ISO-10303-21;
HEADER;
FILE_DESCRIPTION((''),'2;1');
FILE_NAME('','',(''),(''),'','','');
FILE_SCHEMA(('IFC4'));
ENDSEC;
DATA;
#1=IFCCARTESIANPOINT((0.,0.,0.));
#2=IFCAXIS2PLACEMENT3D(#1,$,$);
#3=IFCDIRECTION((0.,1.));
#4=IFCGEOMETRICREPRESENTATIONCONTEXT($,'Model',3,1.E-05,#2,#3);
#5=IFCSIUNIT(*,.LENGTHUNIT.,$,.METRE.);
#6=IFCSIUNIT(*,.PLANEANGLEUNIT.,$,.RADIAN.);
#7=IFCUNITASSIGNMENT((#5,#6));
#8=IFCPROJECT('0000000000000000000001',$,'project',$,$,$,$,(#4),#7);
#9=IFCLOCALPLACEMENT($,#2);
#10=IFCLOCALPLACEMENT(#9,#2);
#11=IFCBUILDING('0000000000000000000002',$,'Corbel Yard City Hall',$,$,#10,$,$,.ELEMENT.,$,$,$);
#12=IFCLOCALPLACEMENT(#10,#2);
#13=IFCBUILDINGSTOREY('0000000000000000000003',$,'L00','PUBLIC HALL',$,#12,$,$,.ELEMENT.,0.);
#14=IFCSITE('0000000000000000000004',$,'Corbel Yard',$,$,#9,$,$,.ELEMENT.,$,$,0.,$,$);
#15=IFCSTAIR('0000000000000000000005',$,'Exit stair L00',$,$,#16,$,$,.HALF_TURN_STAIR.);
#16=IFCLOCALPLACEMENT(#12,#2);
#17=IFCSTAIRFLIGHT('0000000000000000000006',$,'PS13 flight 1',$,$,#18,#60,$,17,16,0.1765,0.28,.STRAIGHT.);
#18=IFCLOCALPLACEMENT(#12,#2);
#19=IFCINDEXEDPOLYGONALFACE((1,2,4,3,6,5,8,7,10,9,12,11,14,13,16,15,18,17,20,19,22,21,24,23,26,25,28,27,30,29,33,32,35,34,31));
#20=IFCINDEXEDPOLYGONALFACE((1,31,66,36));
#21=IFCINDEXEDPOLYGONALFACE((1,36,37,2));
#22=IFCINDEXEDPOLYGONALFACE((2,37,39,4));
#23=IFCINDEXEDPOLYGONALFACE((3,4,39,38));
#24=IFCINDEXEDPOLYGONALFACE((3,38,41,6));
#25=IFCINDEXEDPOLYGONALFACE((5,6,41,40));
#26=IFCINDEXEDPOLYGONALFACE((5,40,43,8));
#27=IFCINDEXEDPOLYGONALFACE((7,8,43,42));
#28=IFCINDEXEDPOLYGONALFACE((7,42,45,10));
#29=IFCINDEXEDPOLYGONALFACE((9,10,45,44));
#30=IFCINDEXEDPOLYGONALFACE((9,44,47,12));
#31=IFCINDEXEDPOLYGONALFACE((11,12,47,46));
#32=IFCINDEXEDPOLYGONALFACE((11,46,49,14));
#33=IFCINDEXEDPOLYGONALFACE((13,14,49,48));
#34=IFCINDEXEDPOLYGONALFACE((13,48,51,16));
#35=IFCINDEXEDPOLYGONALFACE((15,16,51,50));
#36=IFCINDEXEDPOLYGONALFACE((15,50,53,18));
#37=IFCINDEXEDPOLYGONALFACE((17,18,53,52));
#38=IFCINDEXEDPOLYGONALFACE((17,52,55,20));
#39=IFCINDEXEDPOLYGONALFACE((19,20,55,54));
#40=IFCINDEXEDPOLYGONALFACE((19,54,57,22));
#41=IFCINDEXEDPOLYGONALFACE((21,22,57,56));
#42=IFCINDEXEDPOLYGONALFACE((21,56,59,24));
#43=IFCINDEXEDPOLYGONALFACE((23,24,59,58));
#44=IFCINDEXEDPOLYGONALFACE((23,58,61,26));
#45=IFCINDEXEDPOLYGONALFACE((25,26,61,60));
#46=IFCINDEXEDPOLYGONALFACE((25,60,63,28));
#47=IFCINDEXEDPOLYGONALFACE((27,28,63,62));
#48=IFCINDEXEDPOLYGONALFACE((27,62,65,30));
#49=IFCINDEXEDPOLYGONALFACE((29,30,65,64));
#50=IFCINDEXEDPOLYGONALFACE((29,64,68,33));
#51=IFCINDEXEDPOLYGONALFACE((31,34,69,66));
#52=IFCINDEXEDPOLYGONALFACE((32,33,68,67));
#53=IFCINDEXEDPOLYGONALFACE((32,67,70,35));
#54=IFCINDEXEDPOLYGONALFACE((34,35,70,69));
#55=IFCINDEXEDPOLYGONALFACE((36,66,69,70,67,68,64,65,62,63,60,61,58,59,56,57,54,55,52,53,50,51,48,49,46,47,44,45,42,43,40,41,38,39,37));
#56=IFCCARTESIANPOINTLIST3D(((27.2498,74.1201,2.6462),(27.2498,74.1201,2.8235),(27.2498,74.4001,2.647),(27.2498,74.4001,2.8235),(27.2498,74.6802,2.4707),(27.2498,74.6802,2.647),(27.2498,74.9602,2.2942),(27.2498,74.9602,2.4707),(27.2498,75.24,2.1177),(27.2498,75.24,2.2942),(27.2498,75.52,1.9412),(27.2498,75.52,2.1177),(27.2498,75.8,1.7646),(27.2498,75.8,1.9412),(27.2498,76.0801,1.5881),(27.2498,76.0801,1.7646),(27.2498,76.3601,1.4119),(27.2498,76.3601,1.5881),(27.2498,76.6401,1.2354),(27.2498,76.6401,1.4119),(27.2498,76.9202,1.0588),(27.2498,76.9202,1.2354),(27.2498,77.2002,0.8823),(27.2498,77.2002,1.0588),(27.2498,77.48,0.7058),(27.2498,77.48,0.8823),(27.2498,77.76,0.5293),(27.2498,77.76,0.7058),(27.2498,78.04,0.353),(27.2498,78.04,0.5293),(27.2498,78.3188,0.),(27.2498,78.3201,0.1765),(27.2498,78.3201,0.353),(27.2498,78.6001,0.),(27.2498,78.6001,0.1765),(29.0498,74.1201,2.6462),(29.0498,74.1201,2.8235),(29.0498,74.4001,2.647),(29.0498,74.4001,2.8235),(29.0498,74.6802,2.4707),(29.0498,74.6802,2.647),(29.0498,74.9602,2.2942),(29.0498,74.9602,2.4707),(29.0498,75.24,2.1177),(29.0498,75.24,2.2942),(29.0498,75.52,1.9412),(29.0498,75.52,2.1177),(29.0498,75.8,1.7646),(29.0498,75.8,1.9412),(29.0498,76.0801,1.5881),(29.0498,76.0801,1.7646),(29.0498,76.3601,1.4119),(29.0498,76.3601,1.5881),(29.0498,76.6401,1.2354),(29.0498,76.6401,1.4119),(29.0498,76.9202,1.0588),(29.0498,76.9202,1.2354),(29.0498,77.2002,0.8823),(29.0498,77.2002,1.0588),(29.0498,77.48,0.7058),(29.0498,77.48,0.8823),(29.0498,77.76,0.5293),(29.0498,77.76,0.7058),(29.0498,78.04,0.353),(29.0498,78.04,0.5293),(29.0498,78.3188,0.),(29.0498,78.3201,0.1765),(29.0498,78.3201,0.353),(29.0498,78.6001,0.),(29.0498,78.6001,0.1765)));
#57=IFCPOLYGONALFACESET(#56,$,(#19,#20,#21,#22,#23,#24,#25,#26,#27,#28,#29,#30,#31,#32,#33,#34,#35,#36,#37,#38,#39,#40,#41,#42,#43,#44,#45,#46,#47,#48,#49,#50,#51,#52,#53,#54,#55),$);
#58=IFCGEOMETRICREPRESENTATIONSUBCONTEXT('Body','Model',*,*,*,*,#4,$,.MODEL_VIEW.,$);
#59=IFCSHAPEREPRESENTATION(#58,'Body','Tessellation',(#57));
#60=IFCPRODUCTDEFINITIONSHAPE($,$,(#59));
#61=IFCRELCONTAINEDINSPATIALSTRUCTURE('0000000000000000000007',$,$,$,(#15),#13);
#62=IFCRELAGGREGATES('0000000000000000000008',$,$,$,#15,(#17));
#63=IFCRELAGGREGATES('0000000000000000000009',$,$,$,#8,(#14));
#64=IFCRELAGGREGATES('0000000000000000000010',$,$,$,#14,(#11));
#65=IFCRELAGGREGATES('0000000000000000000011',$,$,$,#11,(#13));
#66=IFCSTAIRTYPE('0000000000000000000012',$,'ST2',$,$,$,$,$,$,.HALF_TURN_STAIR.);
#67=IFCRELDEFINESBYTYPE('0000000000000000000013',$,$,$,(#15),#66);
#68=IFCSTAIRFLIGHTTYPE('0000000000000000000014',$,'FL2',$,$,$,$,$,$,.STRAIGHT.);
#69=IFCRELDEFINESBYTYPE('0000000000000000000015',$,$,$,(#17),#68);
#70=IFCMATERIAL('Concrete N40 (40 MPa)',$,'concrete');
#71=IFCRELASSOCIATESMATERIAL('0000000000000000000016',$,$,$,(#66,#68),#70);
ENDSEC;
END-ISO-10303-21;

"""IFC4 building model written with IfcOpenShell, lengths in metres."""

from ifc_helpers import new_model, si_unit, direction, frame, origin, place, context, subcontext, project, spatial, polyline, outline, extrude, material, type_object, element, aggregate, save


model = new_model("IFC4")

# Units and contexts
model_context = context("Model", 3, precision=1e-05, world=origin(), true_north=direction((0.0, 1.0)))
body_context = subcontext(model_context, "Body", "Model", "MODEL_VIEW")
ifc_project = project(units=[si_unit("LENGTHUNIT", "METRE"), si_unit("PLANEANGLEUNIT", "RADIAN")], contexts=[model_context])

# Site, building, storey
site_placement = place(None, origin())
site = spatial("IfcSite", under=ifc_project, at=site_placement, Name="Corbel Yard", CompositionType="ELEMENT", RefElevation=0.0)
building_placement = place(site_placement, origin())
building = spatial("IfcBuilding", under=site, at=building_placement, Name="Corbel Yard City Hall", CompositionType="ELEMENT")
storey_placement = place(building_placement, origin())
storey = spatial("IfcBuildingStorey", under=building, at=storey_placement, Name="L00", Description="PUBLIC HALL", CompositionType="ELEMENT", Elevation=0.0)

# Shared definitions
ifc_material_1 = material(Name="Concrete N40 (40 MPa)", Category="concrete")

# Stair, stair flight
stair_type = type_object("IfcStairType", Name="ST2", PredefinedType="HALF_TURN_STAIR", material=ifc_material_1)
stair_placement = place(storey_placement, origin())
stair = element("IfcStair", 1, at=stair_placement, inside=storey, type_object=stair_type, Name="Exit stair L00", PredefinedType="HALF_TURN_STAIR")
stair_flight_type = type_object("IfcStairFlightType", Name="FL2", PredefinedType="STRAIGHT", material=ifc_material_1)
stair_flight_placement = place(storey_placement, frame((28.1499, 78.6001, 0.0), z_axis=(0.0, 0.0, 1.0), x_axis=(0.0, -1.0, 0.0)))
stair_flight = element("IfcStairFlight", 2, at=stair_flight_placement, type_object=stair_flight_type, Name="PS13 flight 1", NumberOfRisers=17, NumberOfTreads=16, PredefinedType="STRAIGHT", RiserHeight=0.1765, TreadLength=0.28, context=body_context, shape_type="SweptSolid", body=[
    extrude(outline(polyline([(0.0, 0.0), (0.0, 0.1765), (0.28, 0.1765), (0.28, 0.353), (0.5601, 0.353), (0.5601, 0.5293), (0.8401, 0.5293), (0.8401, 0.7058), (1.1201, 0.7058), (1.1201, 0.8823), (1.3999, 0.8823), (1.3999, 1.0588), (1.6799, 1.0588), (1.6799, 1.2354), (1.96, 1.2354), (1.96, 1.4119), (2.24, 1.4119), (2.24, 1.5881), (2.52, 1.5881), (2.52, 1.7646), (2.8, 1.7646), (2.8, 1.9412), (3.0801, 1.9412), (3.0801, 2.1177), (3.3601, 2.1177), (3.3601, 2.2942), (3.6399, 2.2942), (3.6399, 2.4707), (3.9199, 2.4707), (3.9199, 2.647), (4.2, 2.647), (4.2, 2.8235), (4.48, 2.8235), (4.48, 3.0), (4.48, 2.6462), (0.2812, 0.0), (0.0, 0.0)])), frame((0.0, 0.8999, 0.0), z_axis=(0.0, -1.0, 0.0), x_axis=(1.0, 0.0, 0.0)), (0.0, 0.0, 1.0), 1.8),
])
aggregate(stair, [stair_flight])

save(model, "model.ifc")
